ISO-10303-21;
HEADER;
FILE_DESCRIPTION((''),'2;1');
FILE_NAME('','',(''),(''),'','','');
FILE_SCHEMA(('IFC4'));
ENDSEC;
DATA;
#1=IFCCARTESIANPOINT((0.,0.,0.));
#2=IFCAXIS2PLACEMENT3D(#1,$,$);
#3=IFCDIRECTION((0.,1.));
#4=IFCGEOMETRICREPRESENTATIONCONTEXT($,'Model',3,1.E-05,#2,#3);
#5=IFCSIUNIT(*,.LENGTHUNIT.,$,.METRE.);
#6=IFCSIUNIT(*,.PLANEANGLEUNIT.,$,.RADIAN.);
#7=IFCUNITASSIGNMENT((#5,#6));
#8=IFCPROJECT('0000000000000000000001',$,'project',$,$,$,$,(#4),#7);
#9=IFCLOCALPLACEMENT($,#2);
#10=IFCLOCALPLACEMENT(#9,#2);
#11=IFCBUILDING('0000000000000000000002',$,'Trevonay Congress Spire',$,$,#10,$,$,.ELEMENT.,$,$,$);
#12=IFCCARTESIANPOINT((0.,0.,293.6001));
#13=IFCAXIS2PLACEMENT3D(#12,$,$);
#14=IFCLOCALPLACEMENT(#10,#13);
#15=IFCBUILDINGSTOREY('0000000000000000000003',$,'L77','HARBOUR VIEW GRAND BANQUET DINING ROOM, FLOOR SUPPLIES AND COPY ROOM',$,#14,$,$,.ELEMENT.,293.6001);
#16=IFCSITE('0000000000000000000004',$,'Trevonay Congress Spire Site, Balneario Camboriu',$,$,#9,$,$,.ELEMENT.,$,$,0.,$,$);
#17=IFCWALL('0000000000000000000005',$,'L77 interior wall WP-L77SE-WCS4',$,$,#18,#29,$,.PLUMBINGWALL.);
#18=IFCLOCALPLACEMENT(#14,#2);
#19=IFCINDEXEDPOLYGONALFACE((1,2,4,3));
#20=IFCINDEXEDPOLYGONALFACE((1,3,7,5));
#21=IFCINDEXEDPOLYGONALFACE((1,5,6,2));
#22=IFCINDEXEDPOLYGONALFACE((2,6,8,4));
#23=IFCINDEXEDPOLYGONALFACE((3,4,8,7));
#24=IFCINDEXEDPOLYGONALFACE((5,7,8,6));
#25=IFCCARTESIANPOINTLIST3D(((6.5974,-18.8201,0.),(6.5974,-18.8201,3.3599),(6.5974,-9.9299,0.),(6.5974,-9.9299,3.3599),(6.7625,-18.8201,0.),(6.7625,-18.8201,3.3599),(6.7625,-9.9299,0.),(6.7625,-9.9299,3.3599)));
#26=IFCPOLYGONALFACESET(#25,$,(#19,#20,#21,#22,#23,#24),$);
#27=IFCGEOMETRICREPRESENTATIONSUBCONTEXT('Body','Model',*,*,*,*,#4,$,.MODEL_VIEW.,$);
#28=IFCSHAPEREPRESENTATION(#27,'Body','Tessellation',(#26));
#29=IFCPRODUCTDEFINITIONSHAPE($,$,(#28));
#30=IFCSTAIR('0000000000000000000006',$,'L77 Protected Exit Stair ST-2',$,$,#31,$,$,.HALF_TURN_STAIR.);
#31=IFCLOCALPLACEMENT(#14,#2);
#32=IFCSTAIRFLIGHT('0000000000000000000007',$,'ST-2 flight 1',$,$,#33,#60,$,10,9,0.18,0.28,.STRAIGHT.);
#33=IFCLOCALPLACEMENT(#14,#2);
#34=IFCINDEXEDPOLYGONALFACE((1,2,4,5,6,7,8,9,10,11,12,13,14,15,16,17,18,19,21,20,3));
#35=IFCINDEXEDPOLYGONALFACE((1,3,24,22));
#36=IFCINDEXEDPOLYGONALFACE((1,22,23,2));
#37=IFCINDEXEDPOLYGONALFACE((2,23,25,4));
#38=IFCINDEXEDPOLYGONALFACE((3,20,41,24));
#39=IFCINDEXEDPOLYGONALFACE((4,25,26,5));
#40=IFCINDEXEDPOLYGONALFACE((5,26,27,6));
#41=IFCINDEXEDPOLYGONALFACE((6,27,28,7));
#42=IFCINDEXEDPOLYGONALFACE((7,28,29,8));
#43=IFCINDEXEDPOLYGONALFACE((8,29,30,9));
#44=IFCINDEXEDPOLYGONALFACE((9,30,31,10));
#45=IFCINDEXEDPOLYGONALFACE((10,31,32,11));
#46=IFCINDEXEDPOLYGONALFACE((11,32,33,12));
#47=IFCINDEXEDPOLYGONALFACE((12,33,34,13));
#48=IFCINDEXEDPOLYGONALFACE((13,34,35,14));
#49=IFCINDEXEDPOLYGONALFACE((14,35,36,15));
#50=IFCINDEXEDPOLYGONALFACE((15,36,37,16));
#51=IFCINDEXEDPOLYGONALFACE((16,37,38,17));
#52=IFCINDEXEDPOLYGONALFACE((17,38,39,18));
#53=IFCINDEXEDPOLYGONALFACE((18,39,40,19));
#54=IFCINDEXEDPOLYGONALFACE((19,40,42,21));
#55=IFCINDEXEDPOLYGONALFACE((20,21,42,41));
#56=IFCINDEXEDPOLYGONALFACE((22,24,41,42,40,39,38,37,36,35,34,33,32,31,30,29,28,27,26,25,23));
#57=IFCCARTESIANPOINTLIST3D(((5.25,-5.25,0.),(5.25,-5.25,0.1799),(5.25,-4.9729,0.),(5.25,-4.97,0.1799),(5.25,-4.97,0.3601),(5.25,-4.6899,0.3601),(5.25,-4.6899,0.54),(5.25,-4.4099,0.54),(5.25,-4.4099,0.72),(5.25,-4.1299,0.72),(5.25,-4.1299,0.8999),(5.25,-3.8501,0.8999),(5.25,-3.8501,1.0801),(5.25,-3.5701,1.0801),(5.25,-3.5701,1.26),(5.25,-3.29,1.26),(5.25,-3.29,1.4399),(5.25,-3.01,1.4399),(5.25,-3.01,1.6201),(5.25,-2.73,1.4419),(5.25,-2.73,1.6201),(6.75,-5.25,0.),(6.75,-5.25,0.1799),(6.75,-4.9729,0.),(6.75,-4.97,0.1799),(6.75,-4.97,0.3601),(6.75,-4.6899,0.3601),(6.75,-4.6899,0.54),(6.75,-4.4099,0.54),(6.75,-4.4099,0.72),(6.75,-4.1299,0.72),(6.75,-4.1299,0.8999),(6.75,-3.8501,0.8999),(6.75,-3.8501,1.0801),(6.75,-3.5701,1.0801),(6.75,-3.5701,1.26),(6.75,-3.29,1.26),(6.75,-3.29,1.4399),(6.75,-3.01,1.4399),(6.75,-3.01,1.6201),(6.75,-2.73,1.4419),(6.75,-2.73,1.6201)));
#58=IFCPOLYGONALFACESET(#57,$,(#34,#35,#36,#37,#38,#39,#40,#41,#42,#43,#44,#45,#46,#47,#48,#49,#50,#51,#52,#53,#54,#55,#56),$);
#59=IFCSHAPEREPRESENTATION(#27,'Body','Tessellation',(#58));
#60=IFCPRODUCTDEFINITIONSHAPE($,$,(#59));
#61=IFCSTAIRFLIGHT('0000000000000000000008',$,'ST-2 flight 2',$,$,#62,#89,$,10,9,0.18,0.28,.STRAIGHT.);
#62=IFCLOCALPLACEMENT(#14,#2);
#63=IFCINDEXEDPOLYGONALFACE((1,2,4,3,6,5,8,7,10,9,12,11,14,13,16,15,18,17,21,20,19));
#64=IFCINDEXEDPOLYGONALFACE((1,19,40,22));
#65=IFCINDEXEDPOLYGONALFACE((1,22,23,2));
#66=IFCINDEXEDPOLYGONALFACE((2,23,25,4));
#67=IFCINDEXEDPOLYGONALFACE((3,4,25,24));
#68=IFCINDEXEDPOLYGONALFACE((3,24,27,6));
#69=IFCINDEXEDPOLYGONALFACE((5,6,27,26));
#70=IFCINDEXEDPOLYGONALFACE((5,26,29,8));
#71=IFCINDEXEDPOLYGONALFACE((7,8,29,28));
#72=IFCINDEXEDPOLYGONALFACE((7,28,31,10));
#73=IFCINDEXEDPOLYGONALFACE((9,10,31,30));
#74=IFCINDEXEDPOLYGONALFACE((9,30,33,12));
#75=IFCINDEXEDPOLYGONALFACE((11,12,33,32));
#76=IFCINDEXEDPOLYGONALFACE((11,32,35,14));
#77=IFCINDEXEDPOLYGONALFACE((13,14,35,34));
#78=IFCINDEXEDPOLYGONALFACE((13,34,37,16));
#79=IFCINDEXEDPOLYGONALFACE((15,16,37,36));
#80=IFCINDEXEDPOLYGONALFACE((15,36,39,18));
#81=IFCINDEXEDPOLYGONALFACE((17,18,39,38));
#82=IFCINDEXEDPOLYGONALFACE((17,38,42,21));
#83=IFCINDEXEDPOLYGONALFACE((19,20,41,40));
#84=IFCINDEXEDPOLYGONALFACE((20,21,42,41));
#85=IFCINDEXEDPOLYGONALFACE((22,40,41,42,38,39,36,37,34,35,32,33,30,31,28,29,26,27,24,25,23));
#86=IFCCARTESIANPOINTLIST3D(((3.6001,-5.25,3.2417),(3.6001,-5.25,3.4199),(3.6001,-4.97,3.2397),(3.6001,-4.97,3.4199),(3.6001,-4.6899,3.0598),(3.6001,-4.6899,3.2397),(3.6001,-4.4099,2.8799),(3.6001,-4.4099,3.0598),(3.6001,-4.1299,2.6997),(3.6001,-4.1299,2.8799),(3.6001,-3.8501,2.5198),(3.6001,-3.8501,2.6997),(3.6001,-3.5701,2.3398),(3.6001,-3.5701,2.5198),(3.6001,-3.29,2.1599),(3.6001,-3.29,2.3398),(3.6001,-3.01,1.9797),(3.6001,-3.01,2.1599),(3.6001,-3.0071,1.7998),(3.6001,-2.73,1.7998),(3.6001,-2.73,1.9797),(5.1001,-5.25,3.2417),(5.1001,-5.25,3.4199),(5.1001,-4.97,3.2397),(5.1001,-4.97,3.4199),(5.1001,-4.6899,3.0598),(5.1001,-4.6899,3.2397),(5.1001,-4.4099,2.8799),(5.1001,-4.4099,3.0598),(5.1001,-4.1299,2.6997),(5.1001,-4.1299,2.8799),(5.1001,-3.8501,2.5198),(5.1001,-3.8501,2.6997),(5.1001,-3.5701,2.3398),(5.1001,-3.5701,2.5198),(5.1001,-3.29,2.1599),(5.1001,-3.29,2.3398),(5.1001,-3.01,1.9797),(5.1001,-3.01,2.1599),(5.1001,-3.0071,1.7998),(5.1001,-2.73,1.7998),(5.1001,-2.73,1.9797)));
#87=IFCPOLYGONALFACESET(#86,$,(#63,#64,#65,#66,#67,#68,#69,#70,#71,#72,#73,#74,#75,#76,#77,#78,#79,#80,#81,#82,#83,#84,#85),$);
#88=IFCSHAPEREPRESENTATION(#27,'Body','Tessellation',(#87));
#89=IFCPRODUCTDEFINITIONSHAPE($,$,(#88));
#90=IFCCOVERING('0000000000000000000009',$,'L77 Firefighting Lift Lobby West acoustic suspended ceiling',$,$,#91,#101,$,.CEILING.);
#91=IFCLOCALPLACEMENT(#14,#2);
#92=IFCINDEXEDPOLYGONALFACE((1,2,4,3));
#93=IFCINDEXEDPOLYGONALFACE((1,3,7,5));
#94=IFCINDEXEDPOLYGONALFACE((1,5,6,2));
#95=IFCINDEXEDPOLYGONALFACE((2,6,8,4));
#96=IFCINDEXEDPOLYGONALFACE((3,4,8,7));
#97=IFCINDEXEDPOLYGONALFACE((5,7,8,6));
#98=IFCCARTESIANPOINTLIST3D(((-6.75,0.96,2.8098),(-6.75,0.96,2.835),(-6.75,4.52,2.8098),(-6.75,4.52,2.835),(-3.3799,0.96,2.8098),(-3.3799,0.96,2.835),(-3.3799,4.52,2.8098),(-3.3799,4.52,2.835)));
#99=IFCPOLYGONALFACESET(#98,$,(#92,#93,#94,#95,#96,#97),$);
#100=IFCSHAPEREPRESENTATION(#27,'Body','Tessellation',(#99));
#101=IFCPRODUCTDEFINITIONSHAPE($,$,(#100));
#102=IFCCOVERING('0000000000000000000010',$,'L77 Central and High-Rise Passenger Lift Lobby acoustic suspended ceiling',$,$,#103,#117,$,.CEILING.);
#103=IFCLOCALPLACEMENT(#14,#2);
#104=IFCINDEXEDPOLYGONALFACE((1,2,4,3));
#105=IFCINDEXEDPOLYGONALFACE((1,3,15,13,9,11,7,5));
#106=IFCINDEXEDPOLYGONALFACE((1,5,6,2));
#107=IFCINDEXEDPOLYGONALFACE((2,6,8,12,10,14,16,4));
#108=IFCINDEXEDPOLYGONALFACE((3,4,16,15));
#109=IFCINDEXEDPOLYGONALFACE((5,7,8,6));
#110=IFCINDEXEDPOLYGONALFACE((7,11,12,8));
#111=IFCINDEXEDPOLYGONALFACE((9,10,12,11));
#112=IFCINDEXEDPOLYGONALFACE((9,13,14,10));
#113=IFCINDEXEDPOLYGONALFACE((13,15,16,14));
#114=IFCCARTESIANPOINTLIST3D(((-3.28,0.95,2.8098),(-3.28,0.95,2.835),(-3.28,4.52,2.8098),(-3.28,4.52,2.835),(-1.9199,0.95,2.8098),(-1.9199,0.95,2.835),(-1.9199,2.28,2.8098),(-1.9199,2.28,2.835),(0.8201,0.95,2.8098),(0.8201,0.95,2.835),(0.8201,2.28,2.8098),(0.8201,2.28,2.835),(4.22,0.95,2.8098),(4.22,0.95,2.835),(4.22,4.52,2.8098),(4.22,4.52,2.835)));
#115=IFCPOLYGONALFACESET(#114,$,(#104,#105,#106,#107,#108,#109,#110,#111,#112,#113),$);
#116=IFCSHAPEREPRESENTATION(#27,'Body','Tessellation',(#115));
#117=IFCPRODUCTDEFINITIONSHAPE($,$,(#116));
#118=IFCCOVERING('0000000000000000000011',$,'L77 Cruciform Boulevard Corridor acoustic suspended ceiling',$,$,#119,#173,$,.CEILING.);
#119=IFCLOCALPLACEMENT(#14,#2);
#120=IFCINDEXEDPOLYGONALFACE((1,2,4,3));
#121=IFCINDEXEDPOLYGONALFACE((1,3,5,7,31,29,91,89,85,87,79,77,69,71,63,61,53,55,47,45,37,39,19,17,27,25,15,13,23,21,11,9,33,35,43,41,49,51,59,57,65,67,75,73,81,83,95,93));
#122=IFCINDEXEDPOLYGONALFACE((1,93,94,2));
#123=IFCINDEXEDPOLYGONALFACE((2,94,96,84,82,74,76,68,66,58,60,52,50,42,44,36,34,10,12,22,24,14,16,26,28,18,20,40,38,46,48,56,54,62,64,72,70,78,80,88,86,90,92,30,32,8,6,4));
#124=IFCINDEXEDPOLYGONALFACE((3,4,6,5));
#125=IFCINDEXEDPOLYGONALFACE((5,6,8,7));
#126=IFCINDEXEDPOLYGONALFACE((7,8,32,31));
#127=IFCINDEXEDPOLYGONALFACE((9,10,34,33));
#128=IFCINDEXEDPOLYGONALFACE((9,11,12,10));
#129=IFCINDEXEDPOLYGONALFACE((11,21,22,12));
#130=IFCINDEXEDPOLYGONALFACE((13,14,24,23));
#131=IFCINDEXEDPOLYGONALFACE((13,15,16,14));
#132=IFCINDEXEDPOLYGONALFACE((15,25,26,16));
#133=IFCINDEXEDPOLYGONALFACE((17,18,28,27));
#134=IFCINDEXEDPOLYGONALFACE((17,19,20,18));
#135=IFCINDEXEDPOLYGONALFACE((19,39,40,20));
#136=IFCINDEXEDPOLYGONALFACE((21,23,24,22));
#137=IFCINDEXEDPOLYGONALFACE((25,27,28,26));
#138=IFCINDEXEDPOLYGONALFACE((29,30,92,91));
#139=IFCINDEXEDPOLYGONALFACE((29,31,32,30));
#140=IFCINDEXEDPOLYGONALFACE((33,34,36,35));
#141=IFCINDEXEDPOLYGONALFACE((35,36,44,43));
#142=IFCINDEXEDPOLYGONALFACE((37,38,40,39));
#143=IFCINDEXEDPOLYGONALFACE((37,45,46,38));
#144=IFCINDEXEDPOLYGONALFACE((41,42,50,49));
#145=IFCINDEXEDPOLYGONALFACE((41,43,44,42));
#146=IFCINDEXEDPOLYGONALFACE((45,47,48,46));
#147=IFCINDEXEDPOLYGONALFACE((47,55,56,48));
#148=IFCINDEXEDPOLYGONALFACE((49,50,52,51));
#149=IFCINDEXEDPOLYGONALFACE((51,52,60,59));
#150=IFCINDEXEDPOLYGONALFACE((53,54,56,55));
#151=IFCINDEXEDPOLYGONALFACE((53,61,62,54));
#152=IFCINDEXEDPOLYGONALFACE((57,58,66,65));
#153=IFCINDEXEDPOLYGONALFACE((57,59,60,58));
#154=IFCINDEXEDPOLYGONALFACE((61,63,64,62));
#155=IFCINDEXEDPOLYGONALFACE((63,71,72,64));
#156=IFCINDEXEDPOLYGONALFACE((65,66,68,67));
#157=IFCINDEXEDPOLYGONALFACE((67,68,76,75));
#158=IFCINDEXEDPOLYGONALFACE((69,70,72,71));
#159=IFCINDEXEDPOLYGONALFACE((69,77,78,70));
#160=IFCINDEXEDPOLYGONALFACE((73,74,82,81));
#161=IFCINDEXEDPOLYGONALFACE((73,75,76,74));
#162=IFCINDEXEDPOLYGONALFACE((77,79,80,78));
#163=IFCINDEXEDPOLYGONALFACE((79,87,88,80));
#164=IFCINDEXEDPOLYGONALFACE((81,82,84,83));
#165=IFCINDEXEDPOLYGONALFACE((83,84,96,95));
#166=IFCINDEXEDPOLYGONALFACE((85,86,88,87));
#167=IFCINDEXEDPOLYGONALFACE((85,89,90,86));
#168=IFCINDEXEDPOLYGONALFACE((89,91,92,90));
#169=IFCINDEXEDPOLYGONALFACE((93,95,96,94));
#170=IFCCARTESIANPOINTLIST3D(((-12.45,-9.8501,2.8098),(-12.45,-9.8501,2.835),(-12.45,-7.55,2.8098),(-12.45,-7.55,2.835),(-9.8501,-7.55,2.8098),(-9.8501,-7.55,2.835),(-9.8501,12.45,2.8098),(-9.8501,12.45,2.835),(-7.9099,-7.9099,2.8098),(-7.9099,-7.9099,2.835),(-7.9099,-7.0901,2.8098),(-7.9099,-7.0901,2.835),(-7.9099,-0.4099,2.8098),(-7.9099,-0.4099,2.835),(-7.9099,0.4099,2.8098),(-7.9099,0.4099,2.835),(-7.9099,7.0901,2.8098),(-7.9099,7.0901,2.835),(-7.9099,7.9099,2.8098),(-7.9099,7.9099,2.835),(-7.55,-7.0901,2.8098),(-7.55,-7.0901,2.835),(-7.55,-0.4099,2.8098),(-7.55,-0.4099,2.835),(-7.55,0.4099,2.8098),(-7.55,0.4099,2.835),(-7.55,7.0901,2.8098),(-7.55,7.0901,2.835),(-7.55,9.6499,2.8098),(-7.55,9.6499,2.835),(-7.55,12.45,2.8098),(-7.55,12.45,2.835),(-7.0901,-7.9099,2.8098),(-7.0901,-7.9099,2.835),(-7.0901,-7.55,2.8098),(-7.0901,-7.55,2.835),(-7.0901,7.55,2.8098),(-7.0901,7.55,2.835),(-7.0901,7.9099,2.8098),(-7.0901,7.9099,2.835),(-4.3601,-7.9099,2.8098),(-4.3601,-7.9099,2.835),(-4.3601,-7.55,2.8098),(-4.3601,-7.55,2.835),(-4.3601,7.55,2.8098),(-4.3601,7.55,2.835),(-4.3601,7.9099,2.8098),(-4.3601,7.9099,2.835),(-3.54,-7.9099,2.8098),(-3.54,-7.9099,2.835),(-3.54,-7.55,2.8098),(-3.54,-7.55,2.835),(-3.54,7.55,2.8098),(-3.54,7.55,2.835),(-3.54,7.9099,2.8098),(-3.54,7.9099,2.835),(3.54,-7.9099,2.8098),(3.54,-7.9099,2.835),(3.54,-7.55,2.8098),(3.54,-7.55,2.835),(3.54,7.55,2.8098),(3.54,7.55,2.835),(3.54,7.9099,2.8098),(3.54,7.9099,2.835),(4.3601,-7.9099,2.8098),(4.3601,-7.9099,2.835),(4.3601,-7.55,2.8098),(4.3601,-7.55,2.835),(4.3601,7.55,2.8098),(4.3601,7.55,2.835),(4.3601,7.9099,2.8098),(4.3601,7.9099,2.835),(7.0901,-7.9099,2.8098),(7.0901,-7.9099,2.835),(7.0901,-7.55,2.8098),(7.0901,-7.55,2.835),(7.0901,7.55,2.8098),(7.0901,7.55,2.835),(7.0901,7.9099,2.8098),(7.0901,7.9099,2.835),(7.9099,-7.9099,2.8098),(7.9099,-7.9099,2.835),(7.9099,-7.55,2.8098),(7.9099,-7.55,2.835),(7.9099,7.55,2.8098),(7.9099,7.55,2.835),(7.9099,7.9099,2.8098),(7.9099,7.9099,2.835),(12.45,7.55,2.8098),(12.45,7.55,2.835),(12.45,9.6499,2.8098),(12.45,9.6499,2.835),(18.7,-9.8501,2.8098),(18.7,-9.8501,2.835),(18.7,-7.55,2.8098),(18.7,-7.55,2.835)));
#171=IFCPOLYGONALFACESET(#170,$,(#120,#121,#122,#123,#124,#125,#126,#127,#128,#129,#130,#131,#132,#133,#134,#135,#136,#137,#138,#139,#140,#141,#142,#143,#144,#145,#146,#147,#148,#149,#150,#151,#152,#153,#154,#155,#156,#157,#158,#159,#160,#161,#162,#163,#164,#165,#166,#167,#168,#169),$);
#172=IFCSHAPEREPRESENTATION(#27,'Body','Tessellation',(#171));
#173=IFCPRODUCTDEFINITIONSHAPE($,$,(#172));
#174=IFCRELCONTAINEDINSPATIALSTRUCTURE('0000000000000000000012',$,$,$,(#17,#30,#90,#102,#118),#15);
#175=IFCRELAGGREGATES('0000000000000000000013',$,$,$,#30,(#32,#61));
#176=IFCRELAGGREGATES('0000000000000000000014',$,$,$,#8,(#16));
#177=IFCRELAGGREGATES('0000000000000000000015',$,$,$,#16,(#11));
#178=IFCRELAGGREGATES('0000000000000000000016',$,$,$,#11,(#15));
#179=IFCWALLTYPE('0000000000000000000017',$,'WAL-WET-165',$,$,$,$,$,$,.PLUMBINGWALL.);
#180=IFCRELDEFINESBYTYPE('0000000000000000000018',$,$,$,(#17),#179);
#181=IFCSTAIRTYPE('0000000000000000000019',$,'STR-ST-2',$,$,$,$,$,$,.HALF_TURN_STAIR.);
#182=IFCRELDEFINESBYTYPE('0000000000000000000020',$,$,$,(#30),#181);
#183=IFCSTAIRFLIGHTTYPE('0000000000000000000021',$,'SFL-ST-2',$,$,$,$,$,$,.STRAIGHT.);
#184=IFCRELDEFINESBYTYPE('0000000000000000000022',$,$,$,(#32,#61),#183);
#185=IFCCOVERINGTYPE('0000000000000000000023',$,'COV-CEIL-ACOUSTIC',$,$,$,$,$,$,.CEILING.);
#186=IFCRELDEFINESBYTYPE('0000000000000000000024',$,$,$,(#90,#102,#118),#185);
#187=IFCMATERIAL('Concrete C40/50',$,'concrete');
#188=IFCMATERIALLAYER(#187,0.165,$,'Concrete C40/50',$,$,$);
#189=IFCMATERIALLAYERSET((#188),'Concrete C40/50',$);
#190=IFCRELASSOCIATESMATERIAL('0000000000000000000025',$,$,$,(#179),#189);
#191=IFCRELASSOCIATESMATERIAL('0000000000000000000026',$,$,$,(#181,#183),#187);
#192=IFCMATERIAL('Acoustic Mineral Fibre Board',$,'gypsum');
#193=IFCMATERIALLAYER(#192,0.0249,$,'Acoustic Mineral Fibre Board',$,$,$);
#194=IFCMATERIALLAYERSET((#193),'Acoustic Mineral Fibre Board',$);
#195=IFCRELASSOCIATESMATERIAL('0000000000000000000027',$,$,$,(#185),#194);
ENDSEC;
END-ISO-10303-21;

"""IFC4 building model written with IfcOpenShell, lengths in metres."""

from ifc_helpers import new_model, si_unit, direction, frame, frame_2d, origin, place, context, subcontext, project, spatial, polyline, rectangle, outline, extrude, material, layer, layer_set, type_object, element, aggregate, save


model = new_model("IFC4")

# Units and contexts
model_context = context("Model", 3, precision=1e-05, world=origin(), true_north=direction((0.0, 1.0)))
body_context = subcontext(model_context, "Body", "Model", "MODEL_VIEW")
ifc_project = project(units=[si_unit("LENGTHUNIT", "METRE"), si_unit("PLANEANGLEUNIT", "RADIAN")], contexts=[model_context])

# Site, building, storey
site_placement = place(None, origin())
site = spatial("IfcSite", under=ifc_project, at=site_placement, Name="Trevonay Congress Spire Site, Balneario Camboriu", CompositionType="ELEMENT", RefElevation=0.0)
building_placement = place(site_placement, origin())
building = spatial("IfcBuilding", under=site, at=building_placement, Name="Trevonay Congress Spire", CompositionType="ELEMENT")
storey_placement = place(building_placement, frame((0.0, 0.0, 293.6001)))
storey = spatial("IfcBuildingStorey", under=building, at=storey_placement, Name="L77", Description="HARBOUR VIEW GRAND BANQUET DINING ROOM, FLOOR SUPPLIES AND COPY ROOM", CompositionType="ELEMENT", Elevation=293.6001)

# Wall
ifc_material_1 = material(Name="Concrete C40/50", Category="concrete")
ifc_layer_1 = layer(ifc_material_1, 0.165, Name="Concrete C40/50")
ifc_layer_set_1 = layer_set([ifc_layer_1], Name="Concrete C40/50")
wall_type_1 = type_object("IfcWallType", Name="WAL-WET-165", PredefinedType="PLUMBINGWALL", material=ifc_layer_set_1)
wall_1_placement = place(storey_placement, frame((6.6799, -18.8201, 0.0), z_axis=(0.0, 0.0, 1.0), x_axis=(0.0, 1.0, 0.0)))
element("IfcWall", 1, at=wall_1_placement, inside=storey, type_object=wall_type_1, Name="L77 interior wall WP-L77SE-WCS4", PredefinedType="PLUMBINGWALL", context=body_context, shape_type="SweptSolid", body=[
    extrude(rectangle(XDim=8.8901, YDim=0.165, at=frame_2d((4.4451, 0.0))), origin(), (0.0, 0.0, 1.0), 3.3599),
])

# Stair, stair flights
stair_type = type_object("IfcStairType", Name="STR-ST-2", PredefinedType="HALF_TURN_STAIR", material=ifc_material_1)
stair_placement = place(storey_placement, origin())
stair = element("IfcStair", 2, at=stair_placement, inside=storey, type_object=stair_type, Name="L77 Protected Exit Stair ST-2", PredefinedType="HALF_TURN_STAIR")
stair_flight_type = type_object("IfcStairFlightType", Name="SFL-ST-2", PredefinedType="STRAIGHT", material=ifc_material_1)
stair_flight_1_placement = place(storey_placement, frame((6.0, -5.25, 0.0), z_axis=(0.0, 0.0, 1.0), x_axis=(0.0, 1.0, 0.0)))
stair_flight_1 = element("IfcStairFlight", 3, at=stair_flight_1_placement, type_object=stair_flight_type, Name="ST-2 flight 1", NumberOfRisers=10, NumberOfTreads=9, PredefinedType="STRAIGHT", RiserHeight=0.18, TreadLength=0.28, context=body_context, shape_type="SweptSolid", body=[
    extrude(outline(polyline([(0.0, 0.0), (0.0, 0.1799), (0.28, 0.1799), (0.28, 0.3601), (0.5601, 0.3601), (0.5601, 0.54), (0.8401, 0.54), (0.8401, 0.72), (1.1201, 0.72), (1.1201, 0.8999), (1.3999, 0.8999), (1.3999, 1.0801), (1.6799, 1.0801), (1.6799, 1.26), (1.96, 1.26), (1.96, 1.4399), (2.24, 1.4399), (2.24, 1.6201), (2.52, 1.6201), (2.52, 1.8), (2.52, 1.4419), (0.2771, 0.0), (0.0, 0.0)])), frame((0.0, 0.75, 0.0), z_axis=(0.0, -1.0, 0.0), x_axis=(1.0, 0.0, 0.0)), (0.0, 0.0, 1.0), 1.5),
])
stair_flight_2_placement = place(storey_placement, frame((4.3501, -2.73, 1.7998), z_axis=(0.0, 0.0, 1.0), x_axis=(0.0, -1.0, 0.0)))
stair_flight_2 = element("IfcStairFlight", 4, at=stair_flight_2_placement, type_object=stair_flight_type, Name="ST-2 flight 2", NumberOfRisers=10, NumberOfTreads=9, PredefinedType="STRAIGHT", RiserHeight=0.18, TreadLength=0.28, context=body_context, shape_type="SweptSolid", body=[
    extrude(outline(polyline([(0.0, 0.0), (0.0, 0.1799), (0.28, 0.1799), (0.28, 0.3601), (0.5601, 0.3601), (0.5601, 0.54), (0.8401, 0.54), (0.8401, 0.72), (1.1201, 0.72), (1.1201, 0.8999), (1.3999, 0.8999), (1.3999, 1.0801), (1.6799, 1.0801), (1.6799, 1.26), (1.96, 1.26), (1.96, 1.4399), (2.24, 1.4399), (2.24, 1.6201), (2.52, 1.6201), (2.52, 1.8), (2.52, 1.4419), (0.2771, 0.0), (0.0, 0.0)])), frame((0.0, 0.75, 0.0), z_axis=(0.0, -1.0, 0.0), x_axis=(1.0, 0.0, 0.0)), (0.0, 0.0, 1.0), 1.5),
])
aggregate(stair, [stair_flight_1, stair_flight_2])

# Coverings
ifc_material_2 = material(Name="Acoustic Mineral Fibre Board", Category="gypsum")
ifc_layer_2 = layer(ifc_material_2, 0.0249, Name="Acoustic Mineral Fibre Board")
ifc_layer_set_2 = layer_set([ifc_layer_2], Name="Acoustic Mineral Fibre Board")
covering_type_1 = type_object("IfcCoveringType", Name="COV-CEIL-ACOUSTIC", PredefinedType="CEILING", material=ifc_layer_set_2)
covering_1_placement = place(storey_placement, frame((0.0, 0.0, 2.8098)))
element("IfcCovering", 5, at=covering_1_placement, inside=storey, type_object=covering_type_1, Name="L77 Firefighting Lift Lobby West acoustic suspended ceiling", PredefinedType="CEILING", context=body_context, shape_type="SweptSolid", body=[
    extrude(outline(polyline([(-6.75, 0.96), (-3.3799, 0.96), (-3.3799, 4.52), (-6.75, 4.52), (-6.75, 0.96)])), origin(), (0.0, 0.0, 1.0), 0.0251),
])
covering_2_placement = place(storey_placement, frame((0.0, 0.0, 2.8098)))
element("IfcCovering", 6, at=covering_2_placement, inside=storey, type_object=covering_type_1, Name="L77 Central and High-Rise Passenger Lift Lobby acoustic suspended ceiling", PredefinedType="CEILING", context=body_context, shape_type="SweptSolid", body=[
    extrude(outline(polyline([(-3.28, 0.95), (-1.9199, 0.95), (-1.9199, 2.28), (0.8201, 2.28), (0.8201, 0.95), (4.22, 0.95), (4.22, 4.52), (-3.28, 4.52), (-3.28, 0.95)])), origin(), (0.0, 0.0, 1.0), 0.0251),
])
covering_3_placement = place(storey_placement, frame((0.0, 0.0, 2.8098)))
element("IfcCovering", 7, at=covering_3_placement, inside=storey, type_object=covering_type_1, Name="L77 Cruciform Boulevard Corridor acoustic suspended ceiling", PredefinedType="CEILING", context=body_context, shape_type="SweptSolid", body=[
    extrude(outline(polyline([(18.7, -7.55), (18.7, -9.8501), (-12.45, -9.8501), (-12.45, -7.55), (-9.8501, -7.55), (-9.8501, 12.45), (-7.55, 12.45), (-7.55, 9.6499), (12.45, 9.6499), (12.45, 7.55), (7.9099, 7.55), (7.9099, 7.9099), (7.0901, 7.9099), (7.0901, 7.55), (4.3601, 7.55), (4.3601, 7.9099), (3.54, 7.9099), (3.54, 7.55), (-3.54, 7.55), (-3.54, 7.9099), (-4.3601, 7.9099), (-4.3601, 7.55), (-7.0901, 7.55), (-7.0901, 7.9099), (-7.9099, 7.9099), (-7.9099, 7.0901), (-7.55, 7.0901), (-7.55, 0.4099), (-7.9099, 0.4099), (-7.9099, -0.4099), (-7.55, -0.4099), (-7.55, -7.0901), (-7.9099, -7.0901), (-7.9099, -7.9099), (-7.0901, -7.9099), (-7.0901, -7.55), (-4.3601, -7.55), (-4.3601, -7.9099), (-3.54, -7.9099), (-3.54, -7.55), (3.54, -7.55), (3.54, -7.9099), (4.3601, -7.9099), (4.3601, -7.55), (7.0901, -7.55), (7.0901, -7.9099), (7.9099, -7.9099), (7.9099, -7.55), (18.7, -7.55)])), origin(), (0.0, 0.0, 1.0), 0.0251),
])

save(model, "model.ifc")
